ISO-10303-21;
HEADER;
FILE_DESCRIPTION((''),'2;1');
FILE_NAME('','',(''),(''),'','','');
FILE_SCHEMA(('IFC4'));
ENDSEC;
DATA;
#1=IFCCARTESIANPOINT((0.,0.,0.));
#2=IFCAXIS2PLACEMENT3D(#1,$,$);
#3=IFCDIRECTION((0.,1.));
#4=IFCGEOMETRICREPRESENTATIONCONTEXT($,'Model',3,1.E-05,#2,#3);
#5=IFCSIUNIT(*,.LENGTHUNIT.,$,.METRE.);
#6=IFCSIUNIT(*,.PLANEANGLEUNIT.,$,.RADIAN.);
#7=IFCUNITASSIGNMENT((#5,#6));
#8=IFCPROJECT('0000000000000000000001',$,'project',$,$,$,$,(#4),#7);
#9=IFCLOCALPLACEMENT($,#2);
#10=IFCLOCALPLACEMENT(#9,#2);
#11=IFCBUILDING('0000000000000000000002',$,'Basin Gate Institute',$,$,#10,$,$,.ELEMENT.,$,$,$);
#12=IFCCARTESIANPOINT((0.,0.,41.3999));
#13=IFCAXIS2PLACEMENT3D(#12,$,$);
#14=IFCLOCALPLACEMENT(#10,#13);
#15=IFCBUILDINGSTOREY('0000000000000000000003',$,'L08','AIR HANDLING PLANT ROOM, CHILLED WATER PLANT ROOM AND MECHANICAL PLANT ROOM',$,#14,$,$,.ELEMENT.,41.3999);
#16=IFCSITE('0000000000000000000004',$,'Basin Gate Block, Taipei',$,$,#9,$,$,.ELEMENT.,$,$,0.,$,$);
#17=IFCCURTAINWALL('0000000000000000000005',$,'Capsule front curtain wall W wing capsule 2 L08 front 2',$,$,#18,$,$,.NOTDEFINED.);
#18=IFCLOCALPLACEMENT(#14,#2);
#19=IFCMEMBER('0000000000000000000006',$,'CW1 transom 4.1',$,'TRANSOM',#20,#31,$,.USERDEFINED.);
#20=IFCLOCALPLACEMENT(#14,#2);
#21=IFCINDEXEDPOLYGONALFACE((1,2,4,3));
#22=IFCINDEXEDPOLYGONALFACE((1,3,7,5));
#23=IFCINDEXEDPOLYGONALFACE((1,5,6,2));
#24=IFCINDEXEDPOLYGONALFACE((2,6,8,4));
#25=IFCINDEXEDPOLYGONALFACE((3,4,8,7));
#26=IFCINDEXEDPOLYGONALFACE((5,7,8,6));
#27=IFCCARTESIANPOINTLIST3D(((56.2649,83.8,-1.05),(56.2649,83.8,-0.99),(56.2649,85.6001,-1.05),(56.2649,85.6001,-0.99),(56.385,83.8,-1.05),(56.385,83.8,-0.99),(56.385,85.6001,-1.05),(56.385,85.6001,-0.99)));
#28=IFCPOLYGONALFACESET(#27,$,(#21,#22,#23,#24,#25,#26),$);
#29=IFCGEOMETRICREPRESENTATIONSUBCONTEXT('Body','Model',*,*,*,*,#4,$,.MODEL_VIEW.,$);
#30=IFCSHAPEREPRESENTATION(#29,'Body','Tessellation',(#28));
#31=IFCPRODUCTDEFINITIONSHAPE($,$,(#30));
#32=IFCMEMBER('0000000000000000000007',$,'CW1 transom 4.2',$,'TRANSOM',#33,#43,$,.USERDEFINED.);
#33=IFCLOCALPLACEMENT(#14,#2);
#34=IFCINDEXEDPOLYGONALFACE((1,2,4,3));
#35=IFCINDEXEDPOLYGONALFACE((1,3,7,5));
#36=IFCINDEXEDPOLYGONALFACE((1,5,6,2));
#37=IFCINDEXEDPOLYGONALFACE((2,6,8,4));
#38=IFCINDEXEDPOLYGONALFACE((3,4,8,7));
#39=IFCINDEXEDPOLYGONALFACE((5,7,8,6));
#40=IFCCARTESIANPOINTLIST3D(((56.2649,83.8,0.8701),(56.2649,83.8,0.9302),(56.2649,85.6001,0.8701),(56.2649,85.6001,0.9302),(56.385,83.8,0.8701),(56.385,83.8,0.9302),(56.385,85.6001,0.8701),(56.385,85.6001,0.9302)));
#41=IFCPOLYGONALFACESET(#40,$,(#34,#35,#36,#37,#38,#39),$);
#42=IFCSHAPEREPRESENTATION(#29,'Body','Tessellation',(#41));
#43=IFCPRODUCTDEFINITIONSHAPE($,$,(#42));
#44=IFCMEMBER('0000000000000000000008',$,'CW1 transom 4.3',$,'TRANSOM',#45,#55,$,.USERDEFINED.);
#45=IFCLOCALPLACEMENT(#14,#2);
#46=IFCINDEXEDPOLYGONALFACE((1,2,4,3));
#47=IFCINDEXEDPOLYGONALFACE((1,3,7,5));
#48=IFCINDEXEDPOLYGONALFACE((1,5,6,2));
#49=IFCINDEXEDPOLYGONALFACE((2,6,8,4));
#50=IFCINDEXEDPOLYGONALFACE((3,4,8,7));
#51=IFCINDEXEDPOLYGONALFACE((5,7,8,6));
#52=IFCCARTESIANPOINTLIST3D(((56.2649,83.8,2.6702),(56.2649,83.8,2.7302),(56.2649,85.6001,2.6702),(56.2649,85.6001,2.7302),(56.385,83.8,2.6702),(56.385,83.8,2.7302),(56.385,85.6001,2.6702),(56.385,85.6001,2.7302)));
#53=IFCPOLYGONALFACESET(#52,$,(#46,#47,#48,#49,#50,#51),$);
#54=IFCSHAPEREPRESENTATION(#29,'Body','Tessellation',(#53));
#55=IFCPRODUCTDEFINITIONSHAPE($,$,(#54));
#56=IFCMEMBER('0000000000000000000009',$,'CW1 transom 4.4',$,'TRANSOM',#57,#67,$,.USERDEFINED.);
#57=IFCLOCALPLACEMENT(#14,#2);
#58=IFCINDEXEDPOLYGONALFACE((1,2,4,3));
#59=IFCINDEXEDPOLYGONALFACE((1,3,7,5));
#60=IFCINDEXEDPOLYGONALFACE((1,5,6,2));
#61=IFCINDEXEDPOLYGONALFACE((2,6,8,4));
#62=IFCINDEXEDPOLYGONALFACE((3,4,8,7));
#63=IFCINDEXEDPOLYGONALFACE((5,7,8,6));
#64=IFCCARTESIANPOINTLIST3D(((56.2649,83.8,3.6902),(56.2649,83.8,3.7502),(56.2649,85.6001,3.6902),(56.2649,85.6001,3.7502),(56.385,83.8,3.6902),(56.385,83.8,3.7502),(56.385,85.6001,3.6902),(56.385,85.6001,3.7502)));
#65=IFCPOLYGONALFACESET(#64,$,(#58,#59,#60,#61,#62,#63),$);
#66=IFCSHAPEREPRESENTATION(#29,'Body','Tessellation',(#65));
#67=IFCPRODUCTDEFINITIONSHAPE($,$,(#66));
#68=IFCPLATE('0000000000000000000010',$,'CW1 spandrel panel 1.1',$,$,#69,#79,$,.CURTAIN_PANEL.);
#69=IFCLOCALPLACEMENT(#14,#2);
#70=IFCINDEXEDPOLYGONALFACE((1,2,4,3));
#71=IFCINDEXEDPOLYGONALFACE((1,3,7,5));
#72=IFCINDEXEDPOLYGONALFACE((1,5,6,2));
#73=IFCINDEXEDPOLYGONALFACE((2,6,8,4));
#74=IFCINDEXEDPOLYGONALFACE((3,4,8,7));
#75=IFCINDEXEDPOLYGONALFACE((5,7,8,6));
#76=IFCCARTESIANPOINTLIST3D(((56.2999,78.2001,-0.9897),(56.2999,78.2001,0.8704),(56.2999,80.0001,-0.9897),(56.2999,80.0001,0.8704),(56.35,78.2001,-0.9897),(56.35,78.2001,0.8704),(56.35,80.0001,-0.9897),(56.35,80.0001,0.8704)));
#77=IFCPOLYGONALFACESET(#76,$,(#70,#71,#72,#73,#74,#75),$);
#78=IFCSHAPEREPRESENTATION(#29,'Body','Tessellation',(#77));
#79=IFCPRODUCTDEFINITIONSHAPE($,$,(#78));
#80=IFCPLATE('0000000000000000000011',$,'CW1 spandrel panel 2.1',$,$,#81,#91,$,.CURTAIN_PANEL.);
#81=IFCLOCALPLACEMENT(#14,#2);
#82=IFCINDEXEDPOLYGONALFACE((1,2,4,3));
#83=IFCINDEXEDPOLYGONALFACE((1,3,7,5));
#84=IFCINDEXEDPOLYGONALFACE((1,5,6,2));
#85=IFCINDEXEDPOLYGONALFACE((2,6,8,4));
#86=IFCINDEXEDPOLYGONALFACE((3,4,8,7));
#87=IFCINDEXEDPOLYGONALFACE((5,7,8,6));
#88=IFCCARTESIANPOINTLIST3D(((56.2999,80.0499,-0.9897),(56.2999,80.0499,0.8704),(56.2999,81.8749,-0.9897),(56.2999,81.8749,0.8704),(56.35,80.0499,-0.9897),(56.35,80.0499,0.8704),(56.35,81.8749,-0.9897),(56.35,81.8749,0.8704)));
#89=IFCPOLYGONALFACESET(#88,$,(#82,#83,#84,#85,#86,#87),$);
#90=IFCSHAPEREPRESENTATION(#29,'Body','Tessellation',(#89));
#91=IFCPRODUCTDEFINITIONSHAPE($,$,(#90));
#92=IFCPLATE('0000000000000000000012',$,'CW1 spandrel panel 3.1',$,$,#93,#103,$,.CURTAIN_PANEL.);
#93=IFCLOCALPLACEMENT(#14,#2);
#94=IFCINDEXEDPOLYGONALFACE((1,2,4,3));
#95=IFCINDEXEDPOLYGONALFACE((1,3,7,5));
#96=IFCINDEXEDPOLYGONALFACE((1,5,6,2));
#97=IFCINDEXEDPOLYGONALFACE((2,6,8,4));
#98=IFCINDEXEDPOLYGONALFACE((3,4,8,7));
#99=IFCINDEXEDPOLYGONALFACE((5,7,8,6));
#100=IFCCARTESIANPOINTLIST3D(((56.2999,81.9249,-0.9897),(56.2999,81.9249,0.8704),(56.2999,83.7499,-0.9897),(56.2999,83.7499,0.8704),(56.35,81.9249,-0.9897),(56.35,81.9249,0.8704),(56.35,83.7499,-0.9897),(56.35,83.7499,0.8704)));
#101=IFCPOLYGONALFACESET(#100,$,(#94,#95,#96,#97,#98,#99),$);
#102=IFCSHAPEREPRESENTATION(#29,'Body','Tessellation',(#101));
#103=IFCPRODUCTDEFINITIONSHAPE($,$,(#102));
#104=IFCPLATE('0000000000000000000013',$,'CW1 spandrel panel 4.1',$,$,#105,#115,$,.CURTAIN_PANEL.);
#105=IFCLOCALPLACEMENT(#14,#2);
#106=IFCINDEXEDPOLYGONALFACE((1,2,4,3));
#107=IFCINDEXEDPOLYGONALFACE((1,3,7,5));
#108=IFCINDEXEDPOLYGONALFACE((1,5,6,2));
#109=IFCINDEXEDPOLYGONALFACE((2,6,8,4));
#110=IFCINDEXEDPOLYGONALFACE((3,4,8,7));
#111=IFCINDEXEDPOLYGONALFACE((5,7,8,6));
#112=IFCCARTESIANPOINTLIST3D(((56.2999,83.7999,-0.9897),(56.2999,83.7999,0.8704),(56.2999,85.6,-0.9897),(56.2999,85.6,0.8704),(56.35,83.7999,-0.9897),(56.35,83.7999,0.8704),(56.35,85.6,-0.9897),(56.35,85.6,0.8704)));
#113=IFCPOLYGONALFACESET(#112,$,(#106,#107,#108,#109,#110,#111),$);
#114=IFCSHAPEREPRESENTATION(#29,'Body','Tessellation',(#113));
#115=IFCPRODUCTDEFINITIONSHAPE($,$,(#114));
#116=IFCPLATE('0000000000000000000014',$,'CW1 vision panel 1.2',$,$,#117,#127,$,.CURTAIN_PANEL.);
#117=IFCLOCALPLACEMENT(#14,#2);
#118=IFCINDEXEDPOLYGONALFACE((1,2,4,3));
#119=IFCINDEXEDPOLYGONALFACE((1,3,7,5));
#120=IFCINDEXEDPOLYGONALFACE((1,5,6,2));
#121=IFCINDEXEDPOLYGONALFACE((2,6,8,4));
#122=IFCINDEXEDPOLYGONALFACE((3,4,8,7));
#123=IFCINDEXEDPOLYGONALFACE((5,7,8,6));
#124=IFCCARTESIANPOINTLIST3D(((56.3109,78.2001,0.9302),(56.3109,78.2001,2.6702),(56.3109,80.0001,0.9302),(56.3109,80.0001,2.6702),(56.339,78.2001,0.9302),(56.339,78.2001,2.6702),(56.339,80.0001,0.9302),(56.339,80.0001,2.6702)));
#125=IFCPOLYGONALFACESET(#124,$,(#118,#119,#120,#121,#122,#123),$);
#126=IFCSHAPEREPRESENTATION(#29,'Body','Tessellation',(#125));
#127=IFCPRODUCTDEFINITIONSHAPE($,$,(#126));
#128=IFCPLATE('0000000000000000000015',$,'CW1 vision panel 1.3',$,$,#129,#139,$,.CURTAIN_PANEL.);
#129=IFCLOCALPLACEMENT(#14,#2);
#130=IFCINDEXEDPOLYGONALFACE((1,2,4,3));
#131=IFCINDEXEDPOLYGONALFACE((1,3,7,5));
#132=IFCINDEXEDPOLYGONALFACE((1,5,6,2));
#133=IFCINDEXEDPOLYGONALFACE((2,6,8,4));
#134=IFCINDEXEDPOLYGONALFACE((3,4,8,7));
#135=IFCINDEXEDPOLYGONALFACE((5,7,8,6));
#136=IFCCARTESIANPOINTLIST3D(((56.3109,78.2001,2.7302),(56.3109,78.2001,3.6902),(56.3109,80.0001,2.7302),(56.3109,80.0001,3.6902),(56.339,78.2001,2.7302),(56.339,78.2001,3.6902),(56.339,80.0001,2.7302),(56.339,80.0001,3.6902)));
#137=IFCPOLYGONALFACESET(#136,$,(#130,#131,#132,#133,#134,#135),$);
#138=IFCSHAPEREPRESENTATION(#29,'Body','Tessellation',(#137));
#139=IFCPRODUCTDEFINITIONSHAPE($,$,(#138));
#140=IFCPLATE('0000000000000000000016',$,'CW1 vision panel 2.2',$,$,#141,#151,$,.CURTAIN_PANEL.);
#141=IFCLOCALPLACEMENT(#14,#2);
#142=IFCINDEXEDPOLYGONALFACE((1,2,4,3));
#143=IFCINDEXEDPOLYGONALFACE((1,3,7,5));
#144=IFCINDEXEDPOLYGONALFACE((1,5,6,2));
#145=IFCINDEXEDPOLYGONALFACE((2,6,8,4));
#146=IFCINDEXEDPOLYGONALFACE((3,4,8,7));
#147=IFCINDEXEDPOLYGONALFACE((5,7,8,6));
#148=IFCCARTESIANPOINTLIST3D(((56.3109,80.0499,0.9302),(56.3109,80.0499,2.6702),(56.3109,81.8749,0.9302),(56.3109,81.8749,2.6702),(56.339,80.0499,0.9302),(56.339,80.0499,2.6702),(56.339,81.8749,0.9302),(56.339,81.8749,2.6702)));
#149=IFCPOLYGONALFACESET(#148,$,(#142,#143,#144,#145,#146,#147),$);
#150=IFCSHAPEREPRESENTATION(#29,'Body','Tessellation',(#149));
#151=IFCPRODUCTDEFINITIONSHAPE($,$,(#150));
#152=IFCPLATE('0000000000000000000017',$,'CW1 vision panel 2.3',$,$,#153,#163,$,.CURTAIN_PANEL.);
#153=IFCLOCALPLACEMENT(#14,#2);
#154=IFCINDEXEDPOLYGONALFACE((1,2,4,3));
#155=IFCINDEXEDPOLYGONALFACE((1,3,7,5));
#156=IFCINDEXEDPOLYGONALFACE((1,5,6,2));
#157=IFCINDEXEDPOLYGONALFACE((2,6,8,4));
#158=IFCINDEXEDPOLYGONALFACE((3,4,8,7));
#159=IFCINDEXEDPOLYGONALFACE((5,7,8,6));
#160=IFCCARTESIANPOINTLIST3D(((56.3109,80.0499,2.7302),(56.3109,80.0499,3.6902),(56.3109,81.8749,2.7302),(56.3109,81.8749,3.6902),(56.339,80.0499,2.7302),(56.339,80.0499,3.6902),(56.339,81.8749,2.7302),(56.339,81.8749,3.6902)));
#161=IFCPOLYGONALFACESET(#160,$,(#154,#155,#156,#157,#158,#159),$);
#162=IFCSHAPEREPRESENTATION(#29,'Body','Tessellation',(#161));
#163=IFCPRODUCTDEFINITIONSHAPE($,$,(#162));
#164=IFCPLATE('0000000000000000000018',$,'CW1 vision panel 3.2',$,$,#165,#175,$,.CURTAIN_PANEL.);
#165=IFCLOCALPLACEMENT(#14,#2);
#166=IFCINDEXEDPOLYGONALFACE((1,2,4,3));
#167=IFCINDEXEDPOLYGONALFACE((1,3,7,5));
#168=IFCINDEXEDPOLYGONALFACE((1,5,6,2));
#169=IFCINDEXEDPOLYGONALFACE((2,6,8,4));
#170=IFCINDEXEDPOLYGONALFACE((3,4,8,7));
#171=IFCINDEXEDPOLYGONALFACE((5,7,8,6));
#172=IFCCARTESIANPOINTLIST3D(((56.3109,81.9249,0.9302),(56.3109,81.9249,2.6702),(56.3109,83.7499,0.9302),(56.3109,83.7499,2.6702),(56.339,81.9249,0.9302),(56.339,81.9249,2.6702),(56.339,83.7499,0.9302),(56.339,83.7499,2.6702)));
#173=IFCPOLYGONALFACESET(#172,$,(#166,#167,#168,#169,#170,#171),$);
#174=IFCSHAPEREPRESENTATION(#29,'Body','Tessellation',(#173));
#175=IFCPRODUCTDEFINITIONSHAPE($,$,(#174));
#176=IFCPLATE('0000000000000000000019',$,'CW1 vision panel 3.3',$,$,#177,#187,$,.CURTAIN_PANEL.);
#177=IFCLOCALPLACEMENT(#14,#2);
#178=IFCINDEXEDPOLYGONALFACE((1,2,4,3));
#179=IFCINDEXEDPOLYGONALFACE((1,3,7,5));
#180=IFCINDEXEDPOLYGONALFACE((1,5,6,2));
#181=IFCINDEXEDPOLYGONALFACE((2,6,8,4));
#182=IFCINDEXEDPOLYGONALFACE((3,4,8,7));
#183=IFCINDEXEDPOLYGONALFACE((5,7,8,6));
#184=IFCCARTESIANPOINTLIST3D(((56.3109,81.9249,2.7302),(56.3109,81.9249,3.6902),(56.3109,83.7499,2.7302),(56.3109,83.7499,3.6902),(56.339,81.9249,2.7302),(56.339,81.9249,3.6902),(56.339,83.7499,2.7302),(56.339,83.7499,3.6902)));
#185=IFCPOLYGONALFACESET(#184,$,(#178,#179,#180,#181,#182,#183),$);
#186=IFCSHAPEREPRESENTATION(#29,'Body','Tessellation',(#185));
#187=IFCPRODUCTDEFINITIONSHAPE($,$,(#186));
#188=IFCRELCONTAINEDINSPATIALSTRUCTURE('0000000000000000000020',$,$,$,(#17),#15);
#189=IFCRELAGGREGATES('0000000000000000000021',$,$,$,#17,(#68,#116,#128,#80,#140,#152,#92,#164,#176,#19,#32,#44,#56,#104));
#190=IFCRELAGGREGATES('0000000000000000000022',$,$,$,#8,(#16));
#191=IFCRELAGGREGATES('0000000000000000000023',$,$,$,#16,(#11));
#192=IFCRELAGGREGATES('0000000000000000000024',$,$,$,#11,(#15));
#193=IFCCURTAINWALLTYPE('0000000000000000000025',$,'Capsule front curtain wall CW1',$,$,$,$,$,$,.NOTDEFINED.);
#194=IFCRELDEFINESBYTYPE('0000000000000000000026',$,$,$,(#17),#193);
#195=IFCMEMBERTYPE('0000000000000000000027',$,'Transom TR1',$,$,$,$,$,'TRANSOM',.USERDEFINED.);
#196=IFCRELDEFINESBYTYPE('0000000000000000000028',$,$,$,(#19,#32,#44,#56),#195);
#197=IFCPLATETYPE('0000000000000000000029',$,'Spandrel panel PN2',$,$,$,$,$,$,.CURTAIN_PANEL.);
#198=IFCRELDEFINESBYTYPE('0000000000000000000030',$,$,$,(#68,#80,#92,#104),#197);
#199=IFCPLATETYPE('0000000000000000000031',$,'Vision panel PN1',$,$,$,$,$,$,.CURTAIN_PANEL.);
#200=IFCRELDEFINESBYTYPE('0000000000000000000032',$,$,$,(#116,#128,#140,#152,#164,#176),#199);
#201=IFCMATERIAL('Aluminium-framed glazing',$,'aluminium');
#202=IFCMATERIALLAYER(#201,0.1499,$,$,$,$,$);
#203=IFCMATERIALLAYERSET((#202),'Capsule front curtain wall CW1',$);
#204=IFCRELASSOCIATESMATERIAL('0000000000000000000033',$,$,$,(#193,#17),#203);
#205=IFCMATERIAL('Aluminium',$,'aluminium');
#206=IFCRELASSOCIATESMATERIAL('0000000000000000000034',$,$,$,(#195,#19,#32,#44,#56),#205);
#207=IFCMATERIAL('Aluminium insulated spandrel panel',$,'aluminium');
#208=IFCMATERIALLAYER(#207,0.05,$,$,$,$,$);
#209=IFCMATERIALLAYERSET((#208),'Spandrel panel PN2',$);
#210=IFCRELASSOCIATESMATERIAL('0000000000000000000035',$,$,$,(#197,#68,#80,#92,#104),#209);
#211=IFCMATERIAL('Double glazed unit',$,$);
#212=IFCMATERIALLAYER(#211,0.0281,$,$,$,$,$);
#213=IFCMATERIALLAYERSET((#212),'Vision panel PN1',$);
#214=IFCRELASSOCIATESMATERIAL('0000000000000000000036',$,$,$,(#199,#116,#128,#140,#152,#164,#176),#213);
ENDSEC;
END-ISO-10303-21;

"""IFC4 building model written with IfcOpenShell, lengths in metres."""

from ifc_helpers import new_model, si_unit, direction, frame, origin, origin_2d, place, context, subcontext, project, spatial, rectangle, extrude, material, layer, layer_set, material_profile, profile_set, type_object, element, aggregate, save


model = new_model("IFC4")

# Units and contexts
model_context = context("Model", 3, precision=1e-05, world=origin(), true_north=direction((0.0, 1.0)))
body_context = subcontext(model_context, "Body", "Model", "MODEL_VIEW")
ifc_project = project(units=[si_unit("LENGTHUNIT", "METRE"), si_unit("PLANEANGLEUNIT", "RADIAN")], contexts=[model_context])

# Site, building, storey
site_placement = place(None, origin())
site = spatial("IfcSite", under=ifc_project, at=site_placement, Name="Basin Gate Block, Taipei", CompositionType="ELEMENT", RefElevation=0.0)
building_placement = place(site_placement, origin())
building = spatial("IfcBuilding", under=site, at=building_placement, Name="Basin Gate Institute", CompositionType="ELEMENT")
storey_placement = place(building_placement, frame((0.0, 0.0, 41.3999)))
storey = spatial("IfcBuildingStorey", under=building, at=storey_placement, Name="L08", Description="AIR HANDLING PLANT ROOM, CHILLED WATER PLANT ROOM AND MECHANICAL PLANT ROOM", CompositionType="ELEMENT", Elevation=41.3999)

# Curtain wall
ifc_material_1 = material(Name="Aluminium-framed glazing", Category="aluminium")
ifc_layer_1 = layer(ifc_material_1, 0.1499)
ifc_layer_set_1 = layer_set([ifc_layer_1], Name="Capsule front curtain wall CW1")
curtain_wall_type = type_object("IfcCurtainWallType", Name="Capsule front curtain wall CW1", PredefinedType="NOTDEFINED", material=ifc_layer_set_1)
curtain_wall_placement = place(storey_placement, origin())
curtain_wall = element("IfcCurtainWall", 1, at=curtain_wall_placement, inside=storey, type_object=curtain_wall_type, material=ifc_layer_set_1, Name="Capsule front curtain wall W wing capsule 2 L08 front 2", PredefinedType="NOTDEFINED")

# Members
ifc_material_2 = material(Name="Aluminium", Category="aluminium")
ifc_material_profile_1 = material_profile(ifc_material_2, rectangle(XDim=0.1201, YDim=0.0601, at=origin_2d()), Name="Transom TR1 120 x 60")
ifc_profile_set_1 = profile_set([ifc_material_profile_1], Name="Aluminium")
member_type_1 = type_object("IfcMemberType", Name="Transom TR1", ElementType="TRANSOM", PredefinedType="USERDEFINED", material=ifc_profile_set_1)
member_1_placement = place(storey_placement, frame((56.325, 83.8, -1.02), z_axis=(0.0, 1.0, 0.0), x_axis=(-1.0, 0.0, 0.0)))
member_1 = element("IfcMember", 2, at=member_1_placement, type_object=member_type_1, material=ifc_profile_set_1, Name="CW1 transom 4.1", ObjectType="TRANSOM", PredefinedType="USERDEFINED", context=body_context, shape_type="SweptSolid", body=[
    extrude(rectangle(XDim=0.1201, YDim=0.0601, at=origin_2d()), origin(), (0.0, 0.0, 1.0), 1.8),
])
member_2_placement = place(storey_placement, frame((56.325, 83.8, 0.9001), z_axis=(0.0, 1.0, 0.0), x_axis=(-1.0, 0.0, 0.0)))
member_2 = element("IfcMember", 3, at=member_2_placement, type_object=member_type_1, material=ifc_profile_set_1, Name="CW1 transom 4.2", ObjectType="TRANSOM", PredefinedType="USERDEFINED", context=body_context, shape_type="SweptSolid", body=[
    extrude(rectangle(XDim=0.1201, YDim=0.0601, at=origin_2d()), origin(), (0.0, 0.0, 1.0), 1.8),
])
member_3_placement = place(storey_placement, frame((56.325, 83.8, 2.7002), z_axis=(0.0, 1.0, 0.0), x_axis=(-1.0, 0.0, 0.0)))
member_3 = element("IfcMember", 4, at=member_3_placement, type_object=member_type_1, material=ifc_profile_set_1, Name="CW1 transom 4.3", ObjectType="TRANSOM", PredefinedType="USERDEFINED", context=body_context, shape_type="SweptSolid", body=[
    extrude(rectangle(XDim=0.1201, YDim=0.0601, at=origin_2d()), origin(), (0.0, 0.0, 1.0), 1.8),
])
member_4_placement = place(storey_placement, frame((56.325, 83.8, 3.7202), z_axis=(0.0, 1.0, 0.0), x_axis=(-1.0, 0.0, 0.0)))
member_4 = element("IfcMember", 5, at=member_4_placement, type_object=member_type_1, material=ifc_profile_set_1, Name="CW1 transom 4.4", ObjectType="TRANSOM", PredefinedType="USERDEFINED", context=body_context, shape_type="SweptSolid", body=[
    extrude(rectangle(XDim=0.1201, YDim=0.0601, at=origin_2d()), origin(), (0.0, 0.0, 1.0), 1.8),
])

# Plates
ifc_material_3 = material(Name="Aluminium insulated spandrel panel", Category="aluminium")
ifc_layer_2 = layer(ifc_material_3, 0.05)
ifc_layer_set_2 = layer_set([ifc_layer_2], Name="Spandrel panel PN2")
plate_type_1 = type_object("IfcPlateType", Name="Spandrel panel PN2", PredefinedType="CURTAIN_PANEL", material=ifc_layer_set_2)
plate_1_placement = place(storey_placement, frame((56.325, 79.1001, -0.9897), z_axis=(0.0, 0.0, 1.0), x_axis=(0.0, 1.0, 0.0)))
plate_1 = element("IfcPlate", 6, at=plate_1_placement, type_object=plate_type_1, material=ifc_layer_set_2, Name="CW1 spandrel panel 1.1", PredefinedType="CURTAIN_PANEL", context=body_context, shape_type="SweptSolid", body=[
    extrude(rectangle(XDim=1.8, YDim=0.05, at=origin_2d()), origin(), (0.0, 0.0, 1.0), 1.8601),
])
plate_2_placement = place(storey_placement, frame((56.325, 80.9624, -0.9897), z_axis=(0.0, 0.0, 1.0), x_axis=(0.0, 1.0, 0.0)))
plate_2 = element("IfcPlate", 7, at=plate_2_placement, type_object=plate_type_1, material=ifc_layer_set_2, Name="CW1 spandrel panel 2.1", PredefinedType="CURTAIN_PANEL", context=body_context, shape_type="SweptSolid", body=[
    extrude(rectangle(XDim=1.825, YDim=0.05, at=origin_2d()), origin(), (0.0, 0.0, 1.0), 1.8601),
])
plate_3_placement = place(storey_placement, frame((56.325, 82.8374, -0.9897), z_axis=(0.0, 0.0, 1.0), x_axis=(0.0, 1.0, 0.0)))
plate_3 = element("IfcPlate", 8, at=plate_3_placement, type_object=plate_type_1, material=ifc_layer_set_2, Name="CW1 spandrel panel 3.1", PredefinedType="CURTAIN_PANEL", context=body_context, shape_type="SweptSolid", body=[
    extrude(rectangle(XDim=1.825, YDim=0.05, at=origin_2d()), origin(), (0.0, 0.0, 1.0), 1.8601),
])
plate_4_placement = place(storey_placement, frame((56.325, 84.7, -0.9897), z_axis=(0.0, 0.0, 1.0), x_axis=(0.0, 1.0, 0.0)))
plate_4 = element("IfcPlate", 9, at=plate_4_placement, type_object=plate_type_1, material=ifc_layer_set_2, Name="CW1 spandrel panel 4.1", PredefinedType="CURTAIN_PANEL", context=body_context, shape_type="SweptSolid", body=[
    extrude(rectangle(XDim=1.8, YDim=0.05, at=origin_2d()), origin(), (0.0, 0.0, 1.0), 1.8601),
])
ifc_material_4 = material(Name="Double glazed unit")
ifc_layer_3 = layer(ifc_material_4, 0.0281)
ifc_layer_set_3 = layer_set([ifc_layer_3], Name="Vision panel PN1")
plate_type_2 = type_object("IfcPlateType", Name="Vision panel PN1", PredefinedType="CURTAIN_PANEL", material=ifc_layer_set_3)
plate_5_placement = place(storey_placement, frame((56.325, 79.1001, 0.9302), z_axis=(0.0, 0.0, 1.0), x_axis=(0.0, 1.0, 0.0)))
plate_5 = element("IfcPlate", 10, at=plate_5_placement, type_object=plate_type_2, material=ifc_layer_set_3, Name="CW1 vision panel 1.2", PredefinedType="CURTAIN_PANEL", context=body_context, shape_type="SweptSolid", body=[
    extrude(rectangle(XDim=1.8, YDim=0.0281, at=origin_2d()), origin(), (0.0, 0.0, 1.0), 1.74),
])
plate_6_placement = place(storey_placement, frame((56.325, 79.1001, 2.7302), z_axis=(0.0, 0.0, 1.0), x_axis=(0.0, 1.0, 0.0)))
plate_6 = element("IfcPlate", 11, at=plate_6_placement, type_object=plate_type_2, material=ifc_layer_set_3, Name="CW1 vision panel 1.3", PredefinedType="CURTAIN_PANEL", context=body_context, shape_type="SweptSolid", body=[
    extrude(rectangle(XDim=1.8, YDim=0.0281, at=origin_2d()), origin(), (0.0, 0.0, 1.0), 0.96),
])
plate_7_placement = place(storey_placement, frame((56.325, 80.9624, 0.9302), z_axis=(0.0, 0.0, 1.0), x_axis=(0.0, 1.0, 0.0)))
plate_7 = element("IfcPlate", 12, at=plate_7_placement, type_object=plate_type_2, material=ifc_layer_set_3, Name="CW1 vision panel 2.2", PredefinedType="CURTAIN_PANEL", context=body_context, shape_type="SweptSolid", body=[
    extrude(rectangle(XDim=1.825, YDim=0.0281, at=origin_2d()), origin(), (0.0, 0.0, 1.0), 1.74),
])
plate_8_placement = place(storey_placement, frame((56.325, 80.9624, 2.7302), z_axis=(0.0, 0.0, 1.0), x_axis=(0.0, 1.0, 0.0)))
plate_8 = element("IfcPlate", 13, at=plate_8_placement, type_object=plate_type_2, material=ifc_layer_set_3, Name="CW1 vision panel 2.3", PredefinedType="CURTAIN_PANEL", context=body_context, shape_type="SweptSolid", body=[
    extrude(rectangle(XDim=1.825, YDim=0.0281, at=origin_2d()), origin(), (0.0, 0.0, 1.0), 0.96),
])
plate_9_placement = place(storey_placement, frame((56.325, 82.8374, 0.9302), z_axis=(0.0, 0.0, 1.0), x_axis=(0.0, 1.0, 0.0)))
plate_9 = element("IfcPlate", 14, at=plate_9_placement, type_object=plate_type_2, material=ifc_layer_set_3, Name="CW1 vision panel 3.2", PredefinedType="CURTAIN_PANEL", context=body_context, shape_type="SweptSolid", body=[
    extrude(rectangle(XDim=1.825, YDim=0.0281, at=origin_2d()), origin(), (0.0, 0.0, 1.0), 1.74),
])
plate_10_placement = place(storey_placement, frame((56.325, 82.8374, 2.7302), z_axis=(0.0, 0.0, 1.0), x_axis=(0.0, 1.0, 0.0)))
plate_10 = element("IfcPlate", 15, at=plate_10_placement, type_object=plate_type_2, material=ifc_layer_set_3, Name="CW1 vision panel 3.3", PredefinedType="CURTAIN_PANEL", context=body_context, shape_type="SweptSolid", body=[
    extrude(rectangle(XDim=1.825, YDim=0.0281, at=origin_2d()), origin(), (0.0, 0.0, 1.0), 0.96),
])
aggregate(curtain_wall, [plate_1, plate_5, plate_6, plate_2, plate_7, plate_8, plate_3, plate_9, plate_10, member_1, member_2, member_3, member_4, plate_4])

save(model, "model.ifc")
